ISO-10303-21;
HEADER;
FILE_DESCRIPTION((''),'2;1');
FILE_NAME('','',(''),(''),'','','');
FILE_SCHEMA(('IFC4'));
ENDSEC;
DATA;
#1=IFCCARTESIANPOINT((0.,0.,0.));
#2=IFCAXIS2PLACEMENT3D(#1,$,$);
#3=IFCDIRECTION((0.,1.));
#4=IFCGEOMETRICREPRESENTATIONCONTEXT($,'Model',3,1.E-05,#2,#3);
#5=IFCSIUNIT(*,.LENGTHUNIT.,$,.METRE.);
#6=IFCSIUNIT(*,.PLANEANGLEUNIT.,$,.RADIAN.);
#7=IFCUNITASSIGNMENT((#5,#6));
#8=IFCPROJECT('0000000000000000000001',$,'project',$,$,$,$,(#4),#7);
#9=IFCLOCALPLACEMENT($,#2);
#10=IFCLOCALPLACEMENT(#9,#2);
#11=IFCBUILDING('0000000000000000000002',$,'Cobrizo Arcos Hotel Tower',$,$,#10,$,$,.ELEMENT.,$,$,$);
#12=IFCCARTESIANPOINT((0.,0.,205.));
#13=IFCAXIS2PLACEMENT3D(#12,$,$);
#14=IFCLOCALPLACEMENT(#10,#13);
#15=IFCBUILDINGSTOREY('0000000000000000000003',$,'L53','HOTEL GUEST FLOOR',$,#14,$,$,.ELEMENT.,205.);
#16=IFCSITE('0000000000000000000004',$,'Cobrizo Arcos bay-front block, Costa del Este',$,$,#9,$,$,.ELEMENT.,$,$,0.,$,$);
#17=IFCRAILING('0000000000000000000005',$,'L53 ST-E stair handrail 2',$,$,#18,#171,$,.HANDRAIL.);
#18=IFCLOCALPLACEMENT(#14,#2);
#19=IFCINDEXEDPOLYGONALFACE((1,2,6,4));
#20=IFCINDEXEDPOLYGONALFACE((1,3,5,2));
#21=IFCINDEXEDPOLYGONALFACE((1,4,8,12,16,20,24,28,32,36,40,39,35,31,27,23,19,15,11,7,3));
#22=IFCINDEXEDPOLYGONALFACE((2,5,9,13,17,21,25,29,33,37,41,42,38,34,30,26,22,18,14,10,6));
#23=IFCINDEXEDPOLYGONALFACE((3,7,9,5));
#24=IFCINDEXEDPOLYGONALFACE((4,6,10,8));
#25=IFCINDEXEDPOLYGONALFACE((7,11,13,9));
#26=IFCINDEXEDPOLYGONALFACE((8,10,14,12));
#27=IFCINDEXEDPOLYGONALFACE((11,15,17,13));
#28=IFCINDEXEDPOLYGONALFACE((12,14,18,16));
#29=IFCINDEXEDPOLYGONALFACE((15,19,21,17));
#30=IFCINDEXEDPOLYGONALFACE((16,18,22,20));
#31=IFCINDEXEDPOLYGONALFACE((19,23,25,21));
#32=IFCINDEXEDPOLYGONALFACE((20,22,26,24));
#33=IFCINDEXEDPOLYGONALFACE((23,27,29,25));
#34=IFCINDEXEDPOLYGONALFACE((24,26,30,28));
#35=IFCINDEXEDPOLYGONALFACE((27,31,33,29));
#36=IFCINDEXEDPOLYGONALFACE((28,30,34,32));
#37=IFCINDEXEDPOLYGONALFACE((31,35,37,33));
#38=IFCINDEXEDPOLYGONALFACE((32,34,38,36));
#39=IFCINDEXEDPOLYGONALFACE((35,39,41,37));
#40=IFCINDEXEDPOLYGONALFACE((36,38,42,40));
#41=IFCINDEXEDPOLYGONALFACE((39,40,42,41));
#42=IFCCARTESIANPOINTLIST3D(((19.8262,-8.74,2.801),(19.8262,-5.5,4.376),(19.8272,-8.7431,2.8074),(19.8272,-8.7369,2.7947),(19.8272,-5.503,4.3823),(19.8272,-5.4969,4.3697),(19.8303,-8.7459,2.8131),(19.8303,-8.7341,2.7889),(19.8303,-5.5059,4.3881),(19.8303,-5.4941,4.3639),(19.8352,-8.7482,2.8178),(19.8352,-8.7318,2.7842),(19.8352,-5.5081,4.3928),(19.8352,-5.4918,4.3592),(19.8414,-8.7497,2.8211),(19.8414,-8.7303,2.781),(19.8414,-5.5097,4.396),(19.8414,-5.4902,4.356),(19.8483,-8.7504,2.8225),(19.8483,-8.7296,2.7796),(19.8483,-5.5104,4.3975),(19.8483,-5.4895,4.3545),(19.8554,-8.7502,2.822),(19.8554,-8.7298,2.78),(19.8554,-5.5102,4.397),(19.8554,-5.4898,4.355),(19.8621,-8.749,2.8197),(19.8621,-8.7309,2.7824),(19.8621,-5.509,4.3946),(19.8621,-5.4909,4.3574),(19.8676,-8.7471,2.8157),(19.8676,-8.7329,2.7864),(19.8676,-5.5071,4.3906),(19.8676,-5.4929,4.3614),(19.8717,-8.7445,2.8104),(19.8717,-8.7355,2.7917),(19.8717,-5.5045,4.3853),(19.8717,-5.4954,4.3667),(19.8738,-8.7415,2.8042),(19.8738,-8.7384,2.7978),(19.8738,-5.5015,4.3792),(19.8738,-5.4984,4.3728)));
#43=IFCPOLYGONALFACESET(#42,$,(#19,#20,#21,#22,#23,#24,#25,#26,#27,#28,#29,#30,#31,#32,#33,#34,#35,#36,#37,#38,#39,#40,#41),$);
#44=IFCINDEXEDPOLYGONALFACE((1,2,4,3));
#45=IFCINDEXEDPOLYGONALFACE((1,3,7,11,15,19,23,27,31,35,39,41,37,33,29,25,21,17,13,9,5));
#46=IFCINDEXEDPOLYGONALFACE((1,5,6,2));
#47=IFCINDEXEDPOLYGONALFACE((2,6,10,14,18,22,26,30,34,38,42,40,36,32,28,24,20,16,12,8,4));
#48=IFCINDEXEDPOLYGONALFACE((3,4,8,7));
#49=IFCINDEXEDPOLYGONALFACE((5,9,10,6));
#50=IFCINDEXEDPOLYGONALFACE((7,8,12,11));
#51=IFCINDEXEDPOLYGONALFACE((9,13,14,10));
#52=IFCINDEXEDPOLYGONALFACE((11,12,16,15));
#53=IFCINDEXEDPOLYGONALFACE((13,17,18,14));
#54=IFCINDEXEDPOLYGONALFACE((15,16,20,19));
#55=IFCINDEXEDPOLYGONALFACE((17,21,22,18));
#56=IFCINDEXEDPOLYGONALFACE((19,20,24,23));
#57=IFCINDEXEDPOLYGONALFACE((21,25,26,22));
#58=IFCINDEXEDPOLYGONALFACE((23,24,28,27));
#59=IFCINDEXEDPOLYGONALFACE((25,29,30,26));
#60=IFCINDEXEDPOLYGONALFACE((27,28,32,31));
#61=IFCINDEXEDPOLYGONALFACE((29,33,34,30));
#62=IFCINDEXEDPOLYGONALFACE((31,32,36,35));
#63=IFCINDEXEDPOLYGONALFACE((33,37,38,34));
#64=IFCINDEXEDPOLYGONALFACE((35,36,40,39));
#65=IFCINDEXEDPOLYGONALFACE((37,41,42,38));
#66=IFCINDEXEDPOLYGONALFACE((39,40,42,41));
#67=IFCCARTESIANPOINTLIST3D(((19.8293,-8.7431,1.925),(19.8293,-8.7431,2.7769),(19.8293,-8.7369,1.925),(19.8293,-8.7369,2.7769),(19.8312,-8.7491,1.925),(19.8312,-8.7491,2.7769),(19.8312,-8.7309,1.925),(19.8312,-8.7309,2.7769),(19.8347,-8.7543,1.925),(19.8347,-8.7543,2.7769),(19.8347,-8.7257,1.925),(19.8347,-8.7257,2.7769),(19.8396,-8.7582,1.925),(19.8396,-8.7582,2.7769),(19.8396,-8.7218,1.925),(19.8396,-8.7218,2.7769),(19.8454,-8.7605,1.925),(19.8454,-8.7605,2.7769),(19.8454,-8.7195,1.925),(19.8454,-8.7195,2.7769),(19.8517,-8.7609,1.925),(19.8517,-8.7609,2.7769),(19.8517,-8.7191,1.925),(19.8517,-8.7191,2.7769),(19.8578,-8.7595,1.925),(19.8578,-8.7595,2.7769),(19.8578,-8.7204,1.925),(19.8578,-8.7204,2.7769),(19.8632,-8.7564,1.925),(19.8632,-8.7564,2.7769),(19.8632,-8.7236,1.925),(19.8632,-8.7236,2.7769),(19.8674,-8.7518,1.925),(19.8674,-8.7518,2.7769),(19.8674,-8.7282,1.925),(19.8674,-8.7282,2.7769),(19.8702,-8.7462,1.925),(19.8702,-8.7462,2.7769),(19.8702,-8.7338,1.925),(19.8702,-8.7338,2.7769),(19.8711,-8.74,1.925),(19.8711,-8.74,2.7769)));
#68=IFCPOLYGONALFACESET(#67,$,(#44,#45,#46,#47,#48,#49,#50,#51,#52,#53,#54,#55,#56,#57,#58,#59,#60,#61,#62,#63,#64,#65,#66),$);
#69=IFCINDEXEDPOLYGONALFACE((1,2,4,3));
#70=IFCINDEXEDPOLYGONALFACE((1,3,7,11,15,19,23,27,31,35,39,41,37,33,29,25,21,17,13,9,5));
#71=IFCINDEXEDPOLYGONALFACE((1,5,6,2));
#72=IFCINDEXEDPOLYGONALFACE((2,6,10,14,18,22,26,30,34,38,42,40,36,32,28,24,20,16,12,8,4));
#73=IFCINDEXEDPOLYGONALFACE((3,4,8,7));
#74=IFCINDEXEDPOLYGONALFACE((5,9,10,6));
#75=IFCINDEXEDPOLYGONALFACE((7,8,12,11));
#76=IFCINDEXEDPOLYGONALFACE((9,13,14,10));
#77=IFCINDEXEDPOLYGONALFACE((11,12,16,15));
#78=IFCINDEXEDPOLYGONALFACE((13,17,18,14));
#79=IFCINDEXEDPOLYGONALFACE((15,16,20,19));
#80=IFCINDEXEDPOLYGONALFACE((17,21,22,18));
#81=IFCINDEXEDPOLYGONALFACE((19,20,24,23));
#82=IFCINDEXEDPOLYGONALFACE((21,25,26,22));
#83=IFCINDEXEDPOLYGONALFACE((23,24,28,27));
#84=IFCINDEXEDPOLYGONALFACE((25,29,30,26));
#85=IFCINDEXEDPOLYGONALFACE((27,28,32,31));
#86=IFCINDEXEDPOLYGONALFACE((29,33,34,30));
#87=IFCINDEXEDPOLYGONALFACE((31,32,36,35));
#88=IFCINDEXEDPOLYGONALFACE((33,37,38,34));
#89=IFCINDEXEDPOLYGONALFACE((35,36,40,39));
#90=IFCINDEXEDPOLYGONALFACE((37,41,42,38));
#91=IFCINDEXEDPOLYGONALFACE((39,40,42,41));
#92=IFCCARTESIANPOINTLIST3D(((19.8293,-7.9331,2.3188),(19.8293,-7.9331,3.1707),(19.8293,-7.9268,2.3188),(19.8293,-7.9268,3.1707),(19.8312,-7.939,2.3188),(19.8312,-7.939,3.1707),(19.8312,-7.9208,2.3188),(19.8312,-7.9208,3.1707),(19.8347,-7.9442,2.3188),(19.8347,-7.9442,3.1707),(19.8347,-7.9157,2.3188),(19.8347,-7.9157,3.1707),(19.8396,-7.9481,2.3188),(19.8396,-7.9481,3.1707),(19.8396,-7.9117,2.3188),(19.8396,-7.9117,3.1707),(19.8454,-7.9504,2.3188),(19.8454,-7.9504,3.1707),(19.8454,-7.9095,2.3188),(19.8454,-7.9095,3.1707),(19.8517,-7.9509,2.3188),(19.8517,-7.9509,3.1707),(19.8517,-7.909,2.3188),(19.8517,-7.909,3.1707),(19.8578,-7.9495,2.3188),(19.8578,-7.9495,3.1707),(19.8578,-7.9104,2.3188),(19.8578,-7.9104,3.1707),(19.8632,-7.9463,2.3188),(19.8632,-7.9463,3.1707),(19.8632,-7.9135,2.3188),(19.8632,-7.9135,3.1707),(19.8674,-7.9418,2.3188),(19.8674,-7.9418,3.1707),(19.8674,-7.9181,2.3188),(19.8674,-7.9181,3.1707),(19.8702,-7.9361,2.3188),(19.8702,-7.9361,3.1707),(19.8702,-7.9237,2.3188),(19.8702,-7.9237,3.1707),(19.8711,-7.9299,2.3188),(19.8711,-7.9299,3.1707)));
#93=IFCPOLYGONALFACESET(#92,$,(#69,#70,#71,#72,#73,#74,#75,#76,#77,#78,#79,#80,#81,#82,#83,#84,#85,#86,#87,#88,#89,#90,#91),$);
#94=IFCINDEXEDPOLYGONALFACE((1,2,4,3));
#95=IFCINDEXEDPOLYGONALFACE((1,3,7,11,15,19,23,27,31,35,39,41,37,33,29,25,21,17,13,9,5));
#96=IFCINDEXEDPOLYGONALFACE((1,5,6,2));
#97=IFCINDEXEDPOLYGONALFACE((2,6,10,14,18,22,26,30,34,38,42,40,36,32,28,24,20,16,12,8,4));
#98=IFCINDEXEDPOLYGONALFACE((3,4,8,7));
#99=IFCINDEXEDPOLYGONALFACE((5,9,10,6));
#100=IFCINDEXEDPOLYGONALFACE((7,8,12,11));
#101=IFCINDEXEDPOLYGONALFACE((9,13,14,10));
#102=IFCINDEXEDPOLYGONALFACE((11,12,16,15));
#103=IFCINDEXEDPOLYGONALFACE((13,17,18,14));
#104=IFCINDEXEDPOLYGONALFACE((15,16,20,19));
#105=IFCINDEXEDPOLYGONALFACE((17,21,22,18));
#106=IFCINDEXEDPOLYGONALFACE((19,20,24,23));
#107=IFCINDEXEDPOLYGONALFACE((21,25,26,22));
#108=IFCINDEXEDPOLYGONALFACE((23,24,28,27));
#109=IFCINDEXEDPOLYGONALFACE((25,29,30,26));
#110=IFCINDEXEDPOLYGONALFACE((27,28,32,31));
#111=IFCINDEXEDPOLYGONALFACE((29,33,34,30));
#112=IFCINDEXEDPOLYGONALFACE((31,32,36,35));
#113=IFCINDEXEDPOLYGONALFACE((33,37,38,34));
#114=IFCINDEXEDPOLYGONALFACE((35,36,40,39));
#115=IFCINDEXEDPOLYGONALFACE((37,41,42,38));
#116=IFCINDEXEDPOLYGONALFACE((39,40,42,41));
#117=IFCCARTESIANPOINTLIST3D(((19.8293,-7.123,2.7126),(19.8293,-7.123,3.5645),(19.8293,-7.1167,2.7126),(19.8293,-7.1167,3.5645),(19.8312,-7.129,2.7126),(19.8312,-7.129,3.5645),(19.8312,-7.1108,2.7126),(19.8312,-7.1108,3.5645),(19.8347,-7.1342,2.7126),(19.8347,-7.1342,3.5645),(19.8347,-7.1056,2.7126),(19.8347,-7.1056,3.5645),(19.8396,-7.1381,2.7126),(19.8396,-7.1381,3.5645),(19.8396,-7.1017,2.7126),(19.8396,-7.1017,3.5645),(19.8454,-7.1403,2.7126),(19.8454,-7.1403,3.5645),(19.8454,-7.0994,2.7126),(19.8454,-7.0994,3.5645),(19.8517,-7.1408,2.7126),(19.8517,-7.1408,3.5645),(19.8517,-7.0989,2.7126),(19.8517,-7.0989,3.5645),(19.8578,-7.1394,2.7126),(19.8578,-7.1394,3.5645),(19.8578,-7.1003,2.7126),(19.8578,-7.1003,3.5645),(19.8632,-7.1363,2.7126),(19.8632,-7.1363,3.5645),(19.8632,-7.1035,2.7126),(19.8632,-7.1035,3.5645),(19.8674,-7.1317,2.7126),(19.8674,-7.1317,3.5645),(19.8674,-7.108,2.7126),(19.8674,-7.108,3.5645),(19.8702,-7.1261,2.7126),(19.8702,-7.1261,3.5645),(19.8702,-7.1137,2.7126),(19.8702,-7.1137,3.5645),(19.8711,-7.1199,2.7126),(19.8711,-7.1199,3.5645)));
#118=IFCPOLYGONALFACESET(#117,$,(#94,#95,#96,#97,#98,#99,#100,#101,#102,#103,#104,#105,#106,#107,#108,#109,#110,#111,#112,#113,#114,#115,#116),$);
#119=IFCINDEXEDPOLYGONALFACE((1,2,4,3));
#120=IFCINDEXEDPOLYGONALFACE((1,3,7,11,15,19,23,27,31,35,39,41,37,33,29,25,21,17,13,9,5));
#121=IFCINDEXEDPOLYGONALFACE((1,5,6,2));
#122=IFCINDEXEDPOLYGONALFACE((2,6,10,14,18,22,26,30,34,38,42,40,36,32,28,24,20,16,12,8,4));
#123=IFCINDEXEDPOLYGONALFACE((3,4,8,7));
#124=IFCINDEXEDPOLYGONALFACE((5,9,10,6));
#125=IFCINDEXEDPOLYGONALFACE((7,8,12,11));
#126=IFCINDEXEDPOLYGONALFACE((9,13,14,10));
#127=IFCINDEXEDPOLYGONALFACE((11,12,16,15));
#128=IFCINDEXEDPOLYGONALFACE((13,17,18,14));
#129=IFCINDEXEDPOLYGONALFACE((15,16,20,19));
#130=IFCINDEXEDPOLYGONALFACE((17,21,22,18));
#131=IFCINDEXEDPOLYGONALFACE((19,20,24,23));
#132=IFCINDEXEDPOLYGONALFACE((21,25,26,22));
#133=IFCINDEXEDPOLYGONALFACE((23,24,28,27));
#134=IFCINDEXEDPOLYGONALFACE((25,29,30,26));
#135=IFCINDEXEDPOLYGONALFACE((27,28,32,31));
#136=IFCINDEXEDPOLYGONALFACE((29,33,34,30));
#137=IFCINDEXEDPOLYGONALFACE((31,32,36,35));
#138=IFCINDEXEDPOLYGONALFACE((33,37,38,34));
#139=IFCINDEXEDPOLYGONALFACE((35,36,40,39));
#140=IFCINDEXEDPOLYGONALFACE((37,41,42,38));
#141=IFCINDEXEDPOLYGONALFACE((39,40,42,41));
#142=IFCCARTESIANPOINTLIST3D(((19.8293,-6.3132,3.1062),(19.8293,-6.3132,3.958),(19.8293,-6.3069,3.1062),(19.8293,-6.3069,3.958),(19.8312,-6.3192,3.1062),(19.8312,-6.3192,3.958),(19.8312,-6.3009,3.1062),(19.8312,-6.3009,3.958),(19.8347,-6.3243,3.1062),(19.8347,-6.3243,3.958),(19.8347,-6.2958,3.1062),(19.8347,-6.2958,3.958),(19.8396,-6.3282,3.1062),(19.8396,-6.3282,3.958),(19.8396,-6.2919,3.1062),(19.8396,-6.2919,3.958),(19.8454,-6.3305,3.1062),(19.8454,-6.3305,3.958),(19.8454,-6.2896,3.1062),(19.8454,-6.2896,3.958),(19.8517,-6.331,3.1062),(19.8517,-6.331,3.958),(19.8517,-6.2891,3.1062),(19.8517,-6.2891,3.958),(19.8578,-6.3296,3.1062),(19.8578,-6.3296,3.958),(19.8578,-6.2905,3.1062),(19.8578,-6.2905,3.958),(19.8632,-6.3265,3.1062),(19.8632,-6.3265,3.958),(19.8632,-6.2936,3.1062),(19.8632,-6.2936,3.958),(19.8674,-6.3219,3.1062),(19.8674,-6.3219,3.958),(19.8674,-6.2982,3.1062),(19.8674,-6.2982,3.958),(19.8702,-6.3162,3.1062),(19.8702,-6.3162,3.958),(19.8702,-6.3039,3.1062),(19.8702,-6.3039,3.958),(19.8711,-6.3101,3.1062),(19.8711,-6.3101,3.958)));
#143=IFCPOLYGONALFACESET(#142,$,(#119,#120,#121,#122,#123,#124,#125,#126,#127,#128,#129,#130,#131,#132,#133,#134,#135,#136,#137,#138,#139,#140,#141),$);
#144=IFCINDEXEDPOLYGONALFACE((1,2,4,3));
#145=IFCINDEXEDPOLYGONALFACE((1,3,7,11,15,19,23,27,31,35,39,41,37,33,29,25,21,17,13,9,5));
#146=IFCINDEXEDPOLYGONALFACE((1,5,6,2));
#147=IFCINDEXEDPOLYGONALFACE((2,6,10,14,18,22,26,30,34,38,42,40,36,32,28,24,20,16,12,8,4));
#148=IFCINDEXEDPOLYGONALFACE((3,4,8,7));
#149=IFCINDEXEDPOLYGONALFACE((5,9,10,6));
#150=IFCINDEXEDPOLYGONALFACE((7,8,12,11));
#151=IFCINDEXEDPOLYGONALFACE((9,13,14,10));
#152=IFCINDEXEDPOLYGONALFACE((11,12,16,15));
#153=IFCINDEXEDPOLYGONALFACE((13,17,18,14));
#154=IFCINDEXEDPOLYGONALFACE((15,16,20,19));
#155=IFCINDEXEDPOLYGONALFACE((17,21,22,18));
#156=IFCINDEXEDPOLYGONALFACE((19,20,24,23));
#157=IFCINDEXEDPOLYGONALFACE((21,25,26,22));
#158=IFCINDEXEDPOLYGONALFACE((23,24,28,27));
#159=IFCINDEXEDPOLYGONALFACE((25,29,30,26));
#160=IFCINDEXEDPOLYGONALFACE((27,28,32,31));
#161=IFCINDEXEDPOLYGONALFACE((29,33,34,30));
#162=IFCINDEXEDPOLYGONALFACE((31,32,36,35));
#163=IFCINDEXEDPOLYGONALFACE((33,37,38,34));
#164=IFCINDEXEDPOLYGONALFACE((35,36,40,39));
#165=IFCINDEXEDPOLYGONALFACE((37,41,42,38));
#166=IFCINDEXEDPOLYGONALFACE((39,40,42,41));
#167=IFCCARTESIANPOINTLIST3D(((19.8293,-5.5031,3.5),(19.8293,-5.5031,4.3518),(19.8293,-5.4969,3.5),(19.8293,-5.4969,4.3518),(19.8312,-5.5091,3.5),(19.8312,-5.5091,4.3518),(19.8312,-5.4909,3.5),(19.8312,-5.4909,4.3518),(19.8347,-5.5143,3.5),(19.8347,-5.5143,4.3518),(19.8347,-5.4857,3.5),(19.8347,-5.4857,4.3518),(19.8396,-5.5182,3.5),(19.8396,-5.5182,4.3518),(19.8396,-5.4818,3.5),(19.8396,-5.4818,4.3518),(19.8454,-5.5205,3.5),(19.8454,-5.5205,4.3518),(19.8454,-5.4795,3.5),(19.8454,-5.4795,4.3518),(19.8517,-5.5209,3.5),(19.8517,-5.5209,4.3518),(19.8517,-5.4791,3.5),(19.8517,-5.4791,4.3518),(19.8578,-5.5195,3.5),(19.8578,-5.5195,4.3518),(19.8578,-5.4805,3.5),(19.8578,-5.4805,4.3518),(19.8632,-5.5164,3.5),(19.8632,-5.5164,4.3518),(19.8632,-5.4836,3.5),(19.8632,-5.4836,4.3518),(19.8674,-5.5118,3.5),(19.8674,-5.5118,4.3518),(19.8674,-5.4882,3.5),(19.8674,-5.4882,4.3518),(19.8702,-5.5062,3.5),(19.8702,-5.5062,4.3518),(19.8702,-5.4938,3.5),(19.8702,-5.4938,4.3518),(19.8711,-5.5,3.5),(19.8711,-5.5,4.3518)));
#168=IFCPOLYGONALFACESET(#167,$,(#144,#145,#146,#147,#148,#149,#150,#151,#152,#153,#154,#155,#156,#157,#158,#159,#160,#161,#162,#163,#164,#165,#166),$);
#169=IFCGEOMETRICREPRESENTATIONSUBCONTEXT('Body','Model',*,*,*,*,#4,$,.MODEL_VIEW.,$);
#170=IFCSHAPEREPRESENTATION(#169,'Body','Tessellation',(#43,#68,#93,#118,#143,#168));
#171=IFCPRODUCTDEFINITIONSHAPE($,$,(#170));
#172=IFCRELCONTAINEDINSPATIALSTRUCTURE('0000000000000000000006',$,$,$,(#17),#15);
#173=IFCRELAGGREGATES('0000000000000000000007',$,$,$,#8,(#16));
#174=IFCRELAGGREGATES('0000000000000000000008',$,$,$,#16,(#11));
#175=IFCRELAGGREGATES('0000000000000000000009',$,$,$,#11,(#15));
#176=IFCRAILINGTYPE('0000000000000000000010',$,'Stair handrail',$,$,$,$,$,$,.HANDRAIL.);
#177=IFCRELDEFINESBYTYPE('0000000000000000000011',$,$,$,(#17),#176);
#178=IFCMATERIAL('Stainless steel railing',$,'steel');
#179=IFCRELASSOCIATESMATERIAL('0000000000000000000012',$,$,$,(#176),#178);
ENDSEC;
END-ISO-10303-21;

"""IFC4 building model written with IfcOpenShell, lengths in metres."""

from ifc_helpers import new_model, si_unit, direction, frame, origin, origin_2d, place, context, subcontext, project, spatial, circle, extrude, material, type_object, element, save


model = new_model("IFC4")

# Units and contexts
model_context = context("Model", 3, precision=1e-05, world=origin(), true_north=direction((0.0, 1.0)))
body_context = subcontext(model_context, "Body", "Model", "MODEL_VIEW")
ifc_project = project(units=[si_unit("LENGTHUNIT", "METRE"), si_unit("PLANEANGLEUNIT", "RADIAN")], contexts=[model_context])

# Site, building, storey
site_placement = place(None, origin())
site = spatial("IfcSite", under=ifc_project, at=site_placement, Name="Cobrizo Arcos bay-front block, Costa del Este", CompositionType="ELEMENT", RefElevation=0.0)
building_placement = place(site_placement, origin())
building = spatial("IfcBuilding", under=site, at=building_placement, Name="Cobrizo Arcos Hotel Tower", CompositionType="ELEMENT")
storey_placement = place(building_placement, frame((0.0, 0.0, 205.0)))
storey = spatial("IfcBuildingStorey", under=building, at=storey_placement, Name="L53", Description="HOTEL GUEST FLOOR", CompositionType="ELEMENT", Elevation=205.0)

# Railing
ifc_material_1 = material(Name="Stainless steel railing", Category="steel")
railing_type_1 = type_object("IfcRailingType", Name="Stair handrail", PredefinedType="HANDRAIL", material=ifc_material_1)
railing_1_placement = place(storey_placement, frame((19.8501, -8.74, 1.925)))
element("IfcRailing", 1, at=railing_1_placement, inside=storey, type_object=railing_type_1, Name="L53 ST-E stair handrail 2", PredefinedType="HANDRAIL", context=body_context, shape_type="SweptSolid", body=[
    extrude(circle(Radius=0.0239, at=origin_2d()), frame((0.0, 0.0, 0.876), z_axis=(0.0, 0.899373, 0.437183), x_axis=(-1.0, 0.0, 0.0)), (0.0, 0.0, 1.0), 3.6025),
    extrude(circle(Radius=0.021, at=origin_2d()), origin(), (0.0, 0.0, 1.0), 0.8518),
    extrude(circle(Radius=0.021, at=origin_2d()), frame((0.0, 0.8101, 0.3938)), (0.0, 0.0, 1.0), 0.8518),
    extrude(circle(Radius=0.021, at=origin_2d()), frame((0.0, 1.6201, 0.7876)), (0.0, 0.0, 1.0), 0.8518),
    extrude(circle(Radius=0.021, at=origin_2d()), frame((0.0, 2.4299, 1.1812)), (0.0, 0.0, 1.0), 0.8518),
    extrude(circle(Radius=0.021, at=origin_2d()), frame((0.0, 3.24, 1.575)), (0.0, 0.0, 1.0), 0.8518),
])

save(model, "model.ifc")
